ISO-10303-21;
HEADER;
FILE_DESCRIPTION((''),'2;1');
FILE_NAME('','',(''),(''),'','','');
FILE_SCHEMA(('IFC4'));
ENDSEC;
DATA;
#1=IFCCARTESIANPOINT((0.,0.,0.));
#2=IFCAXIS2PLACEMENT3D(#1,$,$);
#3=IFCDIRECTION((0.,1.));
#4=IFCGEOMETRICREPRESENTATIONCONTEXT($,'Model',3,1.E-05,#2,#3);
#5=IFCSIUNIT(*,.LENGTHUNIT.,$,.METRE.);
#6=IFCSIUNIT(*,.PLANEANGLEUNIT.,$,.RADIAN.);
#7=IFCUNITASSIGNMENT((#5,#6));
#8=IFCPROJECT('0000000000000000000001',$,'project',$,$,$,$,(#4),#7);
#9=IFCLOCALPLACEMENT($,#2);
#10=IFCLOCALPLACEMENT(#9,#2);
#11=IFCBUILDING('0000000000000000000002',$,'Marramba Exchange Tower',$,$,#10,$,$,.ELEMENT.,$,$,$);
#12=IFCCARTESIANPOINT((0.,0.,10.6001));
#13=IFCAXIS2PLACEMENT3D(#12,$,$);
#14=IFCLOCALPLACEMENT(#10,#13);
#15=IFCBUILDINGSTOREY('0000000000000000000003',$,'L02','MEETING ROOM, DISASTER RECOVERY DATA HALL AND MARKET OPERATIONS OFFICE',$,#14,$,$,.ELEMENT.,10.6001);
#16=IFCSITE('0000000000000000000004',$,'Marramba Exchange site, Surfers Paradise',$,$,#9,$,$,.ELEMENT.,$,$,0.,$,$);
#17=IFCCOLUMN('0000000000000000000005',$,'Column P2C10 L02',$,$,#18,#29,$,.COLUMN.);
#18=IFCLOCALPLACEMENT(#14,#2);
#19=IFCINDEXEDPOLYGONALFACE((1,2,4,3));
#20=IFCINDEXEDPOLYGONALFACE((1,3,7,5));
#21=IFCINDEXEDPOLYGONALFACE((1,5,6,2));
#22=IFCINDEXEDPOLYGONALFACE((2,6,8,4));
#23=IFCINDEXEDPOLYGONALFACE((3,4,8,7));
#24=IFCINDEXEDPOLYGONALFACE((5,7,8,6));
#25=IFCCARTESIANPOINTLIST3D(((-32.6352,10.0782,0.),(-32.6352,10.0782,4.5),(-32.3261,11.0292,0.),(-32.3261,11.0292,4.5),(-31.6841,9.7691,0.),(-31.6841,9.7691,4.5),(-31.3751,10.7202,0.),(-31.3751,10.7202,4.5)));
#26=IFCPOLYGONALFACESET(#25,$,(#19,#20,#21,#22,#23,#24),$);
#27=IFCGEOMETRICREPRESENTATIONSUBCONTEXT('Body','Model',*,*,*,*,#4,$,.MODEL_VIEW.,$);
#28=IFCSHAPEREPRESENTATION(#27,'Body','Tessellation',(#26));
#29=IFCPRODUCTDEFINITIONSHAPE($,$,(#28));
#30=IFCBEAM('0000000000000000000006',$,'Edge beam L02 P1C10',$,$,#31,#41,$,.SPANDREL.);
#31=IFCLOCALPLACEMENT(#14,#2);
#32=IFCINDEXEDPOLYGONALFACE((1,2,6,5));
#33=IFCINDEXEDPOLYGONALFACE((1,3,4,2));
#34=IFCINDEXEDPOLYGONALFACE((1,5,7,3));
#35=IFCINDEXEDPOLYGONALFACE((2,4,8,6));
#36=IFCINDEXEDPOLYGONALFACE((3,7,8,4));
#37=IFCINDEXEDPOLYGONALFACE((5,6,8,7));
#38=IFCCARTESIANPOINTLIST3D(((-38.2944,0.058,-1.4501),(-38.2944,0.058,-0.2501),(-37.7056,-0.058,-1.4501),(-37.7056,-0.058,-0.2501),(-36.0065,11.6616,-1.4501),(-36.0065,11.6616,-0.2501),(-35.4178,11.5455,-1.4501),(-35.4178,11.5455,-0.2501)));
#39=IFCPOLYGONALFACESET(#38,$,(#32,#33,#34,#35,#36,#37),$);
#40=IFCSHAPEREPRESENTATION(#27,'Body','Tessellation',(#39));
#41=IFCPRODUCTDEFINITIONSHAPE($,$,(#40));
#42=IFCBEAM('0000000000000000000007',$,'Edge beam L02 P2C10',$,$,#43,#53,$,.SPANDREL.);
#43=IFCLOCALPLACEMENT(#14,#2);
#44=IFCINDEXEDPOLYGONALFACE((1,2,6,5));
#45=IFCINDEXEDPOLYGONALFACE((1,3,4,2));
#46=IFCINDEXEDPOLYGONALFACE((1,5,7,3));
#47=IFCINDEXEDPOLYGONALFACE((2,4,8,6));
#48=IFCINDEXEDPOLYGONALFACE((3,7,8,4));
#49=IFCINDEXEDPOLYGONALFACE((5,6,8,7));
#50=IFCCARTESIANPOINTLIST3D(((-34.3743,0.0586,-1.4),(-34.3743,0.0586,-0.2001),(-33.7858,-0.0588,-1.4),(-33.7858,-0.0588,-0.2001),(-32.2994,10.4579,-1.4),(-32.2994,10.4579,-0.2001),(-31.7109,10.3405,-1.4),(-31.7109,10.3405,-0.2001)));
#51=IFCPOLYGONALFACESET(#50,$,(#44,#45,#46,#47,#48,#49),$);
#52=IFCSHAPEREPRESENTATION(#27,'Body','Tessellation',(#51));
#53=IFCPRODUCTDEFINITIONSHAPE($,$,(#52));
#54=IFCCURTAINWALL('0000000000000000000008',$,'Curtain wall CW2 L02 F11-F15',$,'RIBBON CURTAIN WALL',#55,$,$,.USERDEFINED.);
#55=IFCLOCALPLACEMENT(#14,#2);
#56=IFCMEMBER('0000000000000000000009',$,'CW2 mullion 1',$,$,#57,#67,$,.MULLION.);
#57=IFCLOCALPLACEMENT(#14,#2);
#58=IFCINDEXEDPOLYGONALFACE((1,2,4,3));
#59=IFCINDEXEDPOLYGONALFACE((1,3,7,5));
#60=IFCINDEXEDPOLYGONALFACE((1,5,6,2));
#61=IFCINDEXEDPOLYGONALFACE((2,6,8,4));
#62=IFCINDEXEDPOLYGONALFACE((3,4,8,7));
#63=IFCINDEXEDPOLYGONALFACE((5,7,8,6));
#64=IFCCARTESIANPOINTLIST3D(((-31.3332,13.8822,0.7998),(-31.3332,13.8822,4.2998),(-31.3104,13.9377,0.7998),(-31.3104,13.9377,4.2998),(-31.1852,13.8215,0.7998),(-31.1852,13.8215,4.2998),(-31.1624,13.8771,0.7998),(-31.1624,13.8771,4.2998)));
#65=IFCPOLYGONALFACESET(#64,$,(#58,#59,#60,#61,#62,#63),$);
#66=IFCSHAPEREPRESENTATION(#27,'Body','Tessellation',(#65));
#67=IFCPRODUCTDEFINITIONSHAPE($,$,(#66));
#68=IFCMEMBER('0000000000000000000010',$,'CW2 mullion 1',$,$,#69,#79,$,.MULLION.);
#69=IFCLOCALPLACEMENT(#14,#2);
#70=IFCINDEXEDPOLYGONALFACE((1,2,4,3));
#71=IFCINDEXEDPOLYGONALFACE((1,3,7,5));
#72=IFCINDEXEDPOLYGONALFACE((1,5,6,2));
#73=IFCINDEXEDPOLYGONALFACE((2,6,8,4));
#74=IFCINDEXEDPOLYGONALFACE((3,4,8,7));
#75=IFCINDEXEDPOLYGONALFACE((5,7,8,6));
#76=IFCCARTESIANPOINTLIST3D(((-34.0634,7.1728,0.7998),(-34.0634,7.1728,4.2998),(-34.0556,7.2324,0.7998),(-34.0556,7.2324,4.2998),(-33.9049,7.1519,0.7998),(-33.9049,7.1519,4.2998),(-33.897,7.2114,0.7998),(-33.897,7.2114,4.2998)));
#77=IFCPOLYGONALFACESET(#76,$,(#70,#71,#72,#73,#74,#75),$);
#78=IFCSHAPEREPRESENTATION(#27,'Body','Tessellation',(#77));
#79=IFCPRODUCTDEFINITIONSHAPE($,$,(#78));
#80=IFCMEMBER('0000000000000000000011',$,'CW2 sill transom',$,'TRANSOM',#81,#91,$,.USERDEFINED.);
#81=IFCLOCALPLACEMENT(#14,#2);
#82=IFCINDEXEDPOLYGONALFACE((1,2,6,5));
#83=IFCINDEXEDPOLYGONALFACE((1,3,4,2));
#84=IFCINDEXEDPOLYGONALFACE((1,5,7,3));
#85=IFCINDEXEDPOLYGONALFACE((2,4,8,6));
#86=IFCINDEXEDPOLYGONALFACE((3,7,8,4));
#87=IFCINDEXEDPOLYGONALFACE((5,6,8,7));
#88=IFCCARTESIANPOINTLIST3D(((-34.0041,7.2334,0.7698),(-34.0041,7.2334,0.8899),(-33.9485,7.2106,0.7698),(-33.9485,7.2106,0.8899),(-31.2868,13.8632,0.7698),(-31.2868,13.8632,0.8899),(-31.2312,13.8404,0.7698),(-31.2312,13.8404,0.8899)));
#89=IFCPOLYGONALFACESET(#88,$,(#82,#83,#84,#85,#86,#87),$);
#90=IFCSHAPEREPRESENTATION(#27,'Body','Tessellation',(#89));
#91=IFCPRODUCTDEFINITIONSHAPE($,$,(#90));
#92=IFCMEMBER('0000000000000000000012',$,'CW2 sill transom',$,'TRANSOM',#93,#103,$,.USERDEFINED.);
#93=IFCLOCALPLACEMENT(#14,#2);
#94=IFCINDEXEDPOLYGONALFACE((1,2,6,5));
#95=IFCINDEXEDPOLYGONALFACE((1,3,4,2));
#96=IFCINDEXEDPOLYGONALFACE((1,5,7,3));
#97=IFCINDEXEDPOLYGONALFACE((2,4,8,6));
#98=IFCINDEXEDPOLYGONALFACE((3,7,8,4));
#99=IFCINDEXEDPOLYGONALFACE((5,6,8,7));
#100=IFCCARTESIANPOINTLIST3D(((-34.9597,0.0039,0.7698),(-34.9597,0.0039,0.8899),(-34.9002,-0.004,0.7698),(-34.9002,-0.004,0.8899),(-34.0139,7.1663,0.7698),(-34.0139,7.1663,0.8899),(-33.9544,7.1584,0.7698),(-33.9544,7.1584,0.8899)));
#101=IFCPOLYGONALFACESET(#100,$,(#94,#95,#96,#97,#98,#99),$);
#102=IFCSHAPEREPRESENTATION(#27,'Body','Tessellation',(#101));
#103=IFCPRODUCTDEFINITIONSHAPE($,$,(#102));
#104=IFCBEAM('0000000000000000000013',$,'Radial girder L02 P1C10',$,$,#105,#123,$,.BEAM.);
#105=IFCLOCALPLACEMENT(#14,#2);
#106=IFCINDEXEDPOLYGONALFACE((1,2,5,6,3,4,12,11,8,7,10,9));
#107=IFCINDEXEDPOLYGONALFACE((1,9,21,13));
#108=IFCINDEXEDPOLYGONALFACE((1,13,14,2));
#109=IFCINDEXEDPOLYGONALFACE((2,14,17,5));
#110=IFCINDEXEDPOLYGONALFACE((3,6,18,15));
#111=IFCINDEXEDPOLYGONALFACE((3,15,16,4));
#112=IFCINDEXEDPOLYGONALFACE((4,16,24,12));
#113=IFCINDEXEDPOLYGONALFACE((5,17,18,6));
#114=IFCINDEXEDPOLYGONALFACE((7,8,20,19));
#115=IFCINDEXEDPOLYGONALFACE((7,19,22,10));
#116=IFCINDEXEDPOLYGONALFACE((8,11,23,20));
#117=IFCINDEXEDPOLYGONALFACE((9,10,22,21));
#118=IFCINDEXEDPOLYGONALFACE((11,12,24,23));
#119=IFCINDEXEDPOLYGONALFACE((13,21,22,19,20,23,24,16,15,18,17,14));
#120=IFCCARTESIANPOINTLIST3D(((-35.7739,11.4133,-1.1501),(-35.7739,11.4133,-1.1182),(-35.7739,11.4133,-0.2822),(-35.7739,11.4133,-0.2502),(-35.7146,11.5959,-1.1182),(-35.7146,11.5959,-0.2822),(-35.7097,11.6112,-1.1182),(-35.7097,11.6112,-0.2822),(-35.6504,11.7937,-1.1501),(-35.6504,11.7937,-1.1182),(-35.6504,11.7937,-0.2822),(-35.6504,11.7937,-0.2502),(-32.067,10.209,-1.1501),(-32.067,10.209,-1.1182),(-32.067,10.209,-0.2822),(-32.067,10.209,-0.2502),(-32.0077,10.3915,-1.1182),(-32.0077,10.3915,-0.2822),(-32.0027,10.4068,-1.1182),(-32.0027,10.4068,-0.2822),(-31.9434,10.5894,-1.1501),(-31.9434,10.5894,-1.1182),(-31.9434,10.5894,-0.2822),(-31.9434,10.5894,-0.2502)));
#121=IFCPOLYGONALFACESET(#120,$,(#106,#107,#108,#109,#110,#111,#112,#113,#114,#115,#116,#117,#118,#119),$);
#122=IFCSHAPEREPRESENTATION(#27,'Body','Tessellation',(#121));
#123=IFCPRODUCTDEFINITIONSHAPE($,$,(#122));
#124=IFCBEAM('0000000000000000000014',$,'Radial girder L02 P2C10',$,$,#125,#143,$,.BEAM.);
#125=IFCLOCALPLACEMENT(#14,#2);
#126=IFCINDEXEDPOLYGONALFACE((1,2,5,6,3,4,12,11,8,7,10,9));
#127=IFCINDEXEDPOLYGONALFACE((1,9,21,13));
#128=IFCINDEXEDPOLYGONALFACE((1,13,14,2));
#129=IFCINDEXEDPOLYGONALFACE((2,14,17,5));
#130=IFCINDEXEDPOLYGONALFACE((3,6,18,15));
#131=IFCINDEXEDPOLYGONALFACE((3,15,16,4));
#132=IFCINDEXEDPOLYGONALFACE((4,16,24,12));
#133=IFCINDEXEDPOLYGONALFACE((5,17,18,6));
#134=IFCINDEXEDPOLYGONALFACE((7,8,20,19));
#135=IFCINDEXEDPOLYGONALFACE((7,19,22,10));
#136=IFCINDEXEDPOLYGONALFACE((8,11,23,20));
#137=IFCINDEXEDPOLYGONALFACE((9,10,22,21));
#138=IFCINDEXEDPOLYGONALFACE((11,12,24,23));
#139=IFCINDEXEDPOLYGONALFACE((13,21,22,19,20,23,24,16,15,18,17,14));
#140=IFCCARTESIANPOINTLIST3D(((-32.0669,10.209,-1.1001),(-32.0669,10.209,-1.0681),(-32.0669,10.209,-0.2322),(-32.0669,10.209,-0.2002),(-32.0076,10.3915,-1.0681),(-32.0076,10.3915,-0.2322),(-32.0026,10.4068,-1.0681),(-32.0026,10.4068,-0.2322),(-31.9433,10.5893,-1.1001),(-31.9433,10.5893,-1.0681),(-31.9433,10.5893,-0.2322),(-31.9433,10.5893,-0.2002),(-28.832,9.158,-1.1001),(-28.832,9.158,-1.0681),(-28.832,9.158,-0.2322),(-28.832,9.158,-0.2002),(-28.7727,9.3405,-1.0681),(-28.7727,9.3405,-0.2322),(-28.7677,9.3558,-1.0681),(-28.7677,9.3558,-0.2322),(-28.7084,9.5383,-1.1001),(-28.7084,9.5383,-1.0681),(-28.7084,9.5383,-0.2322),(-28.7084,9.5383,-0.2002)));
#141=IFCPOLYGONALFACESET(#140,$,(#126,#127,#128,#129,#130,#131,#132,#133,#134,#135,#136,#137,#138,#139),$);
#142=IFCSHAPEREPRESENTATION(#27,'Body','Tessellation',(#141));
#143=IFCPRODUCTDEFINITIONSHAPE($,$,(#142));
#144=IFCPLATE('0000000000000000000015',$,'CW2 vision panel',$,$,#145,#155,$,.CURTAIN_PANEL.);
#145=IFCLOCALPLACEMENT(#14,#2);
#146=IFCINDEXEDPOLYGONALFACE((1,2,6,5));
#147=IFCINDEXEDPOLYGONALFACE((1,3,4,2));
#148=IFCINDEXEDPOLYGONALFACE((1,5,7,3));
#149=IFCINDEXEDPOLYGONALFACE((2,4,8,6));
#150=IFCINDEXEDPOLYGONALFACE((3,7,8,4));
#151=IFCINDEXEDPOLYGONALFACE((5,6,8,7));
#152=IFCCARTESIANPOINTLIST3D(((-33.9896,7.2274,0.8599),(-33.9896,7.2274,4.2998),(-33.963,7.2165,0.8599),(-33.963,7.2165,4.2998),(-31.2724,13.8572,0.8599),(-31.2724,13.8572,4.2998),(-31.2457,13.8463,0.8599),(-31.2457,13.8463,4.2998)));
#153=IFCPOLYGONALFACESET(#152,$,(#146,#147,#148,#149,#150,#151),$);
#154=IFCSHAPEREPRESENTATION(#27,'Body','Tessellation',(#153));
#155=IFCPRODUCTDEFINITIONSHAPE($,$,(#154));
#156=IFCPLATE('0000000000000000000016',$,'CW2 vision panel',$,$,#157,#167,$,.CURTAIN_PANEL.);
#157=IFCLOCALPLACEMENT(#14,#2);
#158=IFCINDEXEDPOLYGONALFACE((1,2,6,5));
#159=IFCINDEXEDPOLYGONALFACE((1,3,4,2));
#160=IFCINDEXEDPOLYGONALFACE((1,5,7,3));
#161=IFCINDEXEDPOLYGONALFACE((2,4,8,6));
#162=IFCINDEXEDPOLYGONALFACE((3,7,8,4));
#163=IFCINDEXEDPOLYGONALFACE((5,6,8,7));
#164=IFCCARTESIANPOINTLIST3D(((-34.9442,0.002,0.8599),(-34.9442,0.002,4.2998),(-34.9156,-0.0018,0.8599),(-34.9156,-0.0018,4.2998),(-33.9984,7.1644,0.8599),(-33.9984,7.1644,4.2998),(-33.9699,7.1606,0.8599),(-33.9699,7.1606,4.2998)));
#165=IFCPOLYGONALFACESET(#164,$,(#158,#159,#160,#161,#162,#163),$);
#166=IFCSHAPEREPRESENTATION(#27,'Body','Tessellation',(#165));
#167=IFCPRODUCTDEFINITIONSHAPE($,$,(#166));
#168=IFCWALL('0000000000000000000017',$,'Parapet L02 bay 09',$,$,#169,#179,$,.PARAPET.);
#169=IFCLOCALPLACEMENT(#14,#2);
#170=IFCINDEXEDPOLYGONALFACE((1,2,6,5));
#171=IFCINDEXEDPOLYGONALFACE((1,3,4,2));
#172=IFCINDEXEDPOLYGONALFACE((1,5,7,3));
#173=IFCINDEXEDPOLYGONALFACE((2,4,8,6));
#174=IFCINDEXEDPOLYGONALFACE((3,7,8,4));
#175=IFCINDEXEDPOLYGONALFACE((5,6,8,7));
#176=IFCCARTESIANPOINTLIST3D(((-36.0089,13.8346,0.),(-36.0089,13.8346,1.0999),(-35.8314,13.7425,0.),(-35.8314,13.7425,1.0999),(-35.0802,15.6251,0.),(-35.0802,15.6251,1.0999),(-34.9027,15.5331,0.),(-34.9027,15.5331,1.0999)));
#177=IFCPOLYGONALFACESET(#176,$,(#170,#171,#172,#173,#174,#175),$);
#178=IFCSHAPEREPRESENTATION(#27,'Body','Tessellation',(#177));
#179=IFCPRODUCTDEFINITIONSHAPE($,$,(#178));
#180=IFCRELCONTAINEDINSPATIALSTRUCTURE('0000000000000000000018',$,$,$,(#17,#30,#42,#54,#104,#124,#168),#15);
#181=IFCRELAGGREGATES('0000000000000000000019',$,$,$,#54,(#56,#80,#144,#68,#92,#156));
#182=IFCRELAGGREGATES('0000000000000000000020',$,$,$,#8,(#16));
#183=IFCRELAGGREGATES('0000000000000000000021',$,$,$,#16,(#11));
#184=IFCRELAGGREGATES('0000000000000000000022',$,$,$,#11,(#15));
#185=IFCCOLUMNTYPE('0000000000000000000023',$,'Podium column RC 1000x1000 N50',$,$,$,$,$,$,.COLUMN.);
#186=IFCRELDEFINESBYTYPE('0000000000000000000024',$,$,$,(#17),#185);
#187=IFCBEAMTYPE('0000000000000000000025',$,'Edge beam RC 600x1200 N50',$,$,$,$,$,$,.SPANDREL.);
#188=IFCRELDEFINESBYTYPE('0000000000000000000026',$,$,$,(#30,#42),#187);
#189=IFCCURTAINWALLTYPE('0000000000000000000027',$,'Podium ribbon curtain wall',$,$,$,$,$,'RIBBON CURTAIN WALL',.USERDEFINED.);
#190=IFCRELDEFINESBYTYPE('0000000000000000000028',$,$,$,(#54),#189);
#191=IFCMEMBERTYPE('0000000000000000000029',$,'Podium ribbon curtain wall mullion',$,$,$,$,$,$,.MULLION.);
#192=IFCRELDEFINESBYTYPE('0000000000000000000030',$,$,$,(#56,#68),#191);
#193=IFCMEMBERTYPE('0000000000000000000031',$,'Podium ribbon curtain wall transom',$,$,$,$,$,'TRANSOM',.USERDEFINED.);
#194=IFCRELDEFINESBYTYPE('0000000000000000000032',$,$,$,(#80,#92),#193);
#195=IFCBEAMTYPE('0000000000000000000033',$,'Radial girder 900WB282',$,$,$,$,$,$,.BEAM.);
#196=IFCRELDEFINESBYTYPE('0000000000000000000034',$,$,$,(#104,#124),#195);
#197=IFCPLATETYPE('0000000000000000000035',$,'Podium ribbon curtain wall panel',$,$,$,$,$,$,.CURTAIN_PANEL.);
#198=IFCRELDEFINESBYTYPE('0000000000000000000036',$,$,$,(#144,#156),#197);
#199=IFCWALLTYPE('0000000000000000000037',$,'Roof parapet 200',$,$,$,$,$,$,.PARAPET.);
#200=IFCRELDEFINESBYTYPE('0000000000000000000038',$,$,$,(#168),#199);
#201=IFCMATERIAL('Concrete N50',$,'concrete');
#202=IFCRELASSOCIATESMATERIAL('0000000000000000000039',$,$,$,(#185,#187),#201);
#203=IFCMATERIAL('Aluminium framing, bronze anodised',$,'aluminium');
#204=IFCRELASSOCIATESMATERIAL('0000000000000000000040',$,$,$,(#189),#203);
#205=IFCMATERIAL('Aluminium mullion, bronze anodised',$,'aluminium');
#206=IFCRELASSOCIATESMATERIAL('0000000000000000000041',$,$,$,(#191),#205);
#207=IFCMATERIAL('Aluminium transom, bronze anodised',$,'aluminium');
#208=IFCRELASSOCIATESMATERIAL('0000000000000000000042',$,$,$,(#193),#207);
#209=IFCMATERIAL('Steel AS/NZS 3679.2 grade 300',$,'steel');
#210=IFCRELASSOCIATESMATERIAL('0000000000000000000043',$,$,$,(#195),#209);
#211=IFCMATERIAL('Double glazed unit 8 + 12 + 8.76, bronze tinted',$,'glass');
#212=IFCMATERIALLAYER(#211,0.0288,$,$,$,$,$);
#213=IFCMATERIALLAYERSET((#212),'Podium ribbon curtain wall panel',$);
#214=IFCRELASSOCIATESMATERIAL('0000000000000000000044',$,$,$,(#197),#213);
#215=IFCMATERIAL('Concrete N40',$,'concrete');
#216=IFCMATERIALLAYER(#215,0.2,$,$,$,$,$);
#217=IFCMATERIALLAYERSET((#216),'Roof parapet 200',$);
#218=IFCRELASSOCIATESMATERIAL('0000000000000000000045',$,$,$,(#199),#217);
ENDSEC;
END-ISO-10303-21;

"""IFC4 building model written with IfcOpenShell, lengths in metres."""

from ifc_helpers import new_model, si_unit, direction, frame, frame_2d, origin, origin_2d, place, context, subcontext, project, spatial, rectangle, i_section, extrude, material, layer, layer_set, material_profile, profile_set, type_object, element, aggregate, save


model = new_model("IFC4")

# Units and contexts
model_context = context("Model", 3, precision=1e-05, world=origin(), true_north=direction((0.0, 1.0)))
body_context = subcontext(model_context, "Body", "Model", "MODEL_VIEW")
ifc_project = project(units=[si_unit("LENGTHUNIT", "METRE"), si_unit("PLANEANGLEUNIT", "RADIAN")], contexts=[model_context])

# Site, building, storey
site_placement = place(None, origin())
site = spatial("IfcSite", under=ifc_project, at=site_placement, Name="Marramba Exchange site, Surfers Paradise", CompositionType="ELEMENT", RefElevation=0.0)
building_placement = place(site_placement, origin())
building = spatial("IfcBuilding", under=site, at=building_placement, Name="Marramba Exchange Tower", CompositionType="ELEMENT")
storey_placement = place(building_placement, frame((0.0, 0.0, 10.6001)))
storey = spatial("IfcBuildingStorey", under=building, at=storey_placement, Name="L02", Description="MEETING ROOM, DISASTER RECOVERY DATA HALL AND MARKET OPERATIONS OFFICE", CompositionType="ELEMENT", Elevation=10.6001)

# Column
ifc_material_1 = material(Name="Concrete N50", Category="concrete")
ifc_material_profile_1 = material_profile(ifc_material_1, rectangle(XDim=1.0, YDim=1.0, at=origin_2d()), Name="RC 1000x1000")
ifc_profile_set_1 = profile_set([ifc_material_profile_1], Name="Concrete N50")
column_type = type_object("IfcColumnType", Name="Podium column RC 1000x1000 N50", PredefinedType="COLUMN", material=ifc_profile_set_1)
column_placement = place(storey_placement, frame((-32.0051, 10.3992, 0.0), z_axis=(0.0, 0.0, 1.0), x_axis=(-0.951057, 0.309017, 0.0)))
element("IfcColumn", 1, at=column_placement, inside=storey, type_object=column_type, Name="Column P2C10 L02", PredefinedType="COLUMN", context=body_context, shape_type="SweptSolid", body=[
    extrude(rectangle(XDim=1.0, YDim=1.0, at=origin_2d()), origin(), (0.0, 0.0, 1.0), 4.5),
])

# Beams
ifc_material_profile_2 = material_profile(ifc_material_1, rectangle(XDim=0.6001, YDim=1.2, at=origin_2d()), Name="RC 600x1200")
ifc_profile_set_2 = profile_set([ifc_material_profile_2], Name="Concrete N50")
beam_type_1 = type_object("IfcBeamType", Name="Edge beam RC 600x1200 N50", PredefinedType="SPANDREL", material=ifc_profile_set_2)
beam_1_placement = place(storey_placement, frame((-35.7122, 11.6035, -0.8501), z_axis=(-0.193444, -0.981111, 0.0), x_axis=(0.981111, -0.193444, 0.0)))
element("IfcBeam", 2, at=beam_1_placement, inside=storey, type_object=beam_type_1, Name="Edge beam L02 P1C10", PredefinedType="SPANDREL", context=body_context, shape_type="SweptSolid", body=[
    extrude(rectangle(XDim=0.6001, YDim=1.2, at=origin_2d()), origin(), (0.0, 0.0, 1.0), 11.8269),
])
beam_2_placement = place(storey_placement, frame((-32.0051, 10.3992, -0.8), z_axis=(-0.195673, -0.980669, 0.0), x_axis=(0.980669, -0.195673, 0.0)))
element("IfcBeam", 3, at=beam_2_placement, inside=storey, type_object=beam_type_1, Name="Edge beam L02 P2C10", PredefinedType="SPANDREL", context=body_context, shape_type="SweptSolid", body=[
    extrude(rectangle(XDim=0.6001, YDim=1.2, at=origin_2d()), origin(), (0.0, 0.0, 1.0), 10.6042),
])

# Curtain wall, members
ifc_material_2 = material(Name="Aluminium framing, bronze anodised", Category="aluminium")
curtain_wall_type = type_object("IfcCurtainWallType", Name="Podium ribbon curtain wall", ElementType="RIBBON CURTAIN WALL", PredefinedType="USERDEFINED", material=ifc_material_2)
curtain_wall_placement = place(storey_placement, origin())
curtain_wall = element("IfcCurtainWall", 4, at=curtain_wall_placement, inside=storey, type_object=curtain_wall_type, Name="Curtain wall CW2 L02 F11-F15", ObjectType="RIBBON CURTAIN WALL", PredefinedType="USERDEFINED")
ifc_material_3 = material(Name="Aluminium mullion, bronze anodised", Category="aluminium")
ifc_material_profile_3 = material_profile(ifc_material_3, rectangle(XDim=0.1599, YDim=0.0601, at=origin_2d()), Name="CW2 mullion 60x160")
ifc_profile_set_3 = profile_set([ifc_material_profile_3], Name="Aluminium mullion, bronze anodised")
member_type_1 = type_object("IfcMemberType", Name="Podium ribbon curtain wall mullion", PredefinedType="MULLION", material=ifc_profile_set_3)
member_1_placement = place(storey_placement, frame((-31.2478, 13.8796, 0.7998), z_axis=(0.0, 0.0, 1.0), x_axis=(0.925298, -0.37924, 0.0)))
member_1 = element("IfcMember", 5, at=member_1_placement, type_object=member_type_1, Name="CW2 mullion 1", PredefinedType="MULLION", context=body_context, shape_type="SweptSolid", body=[
    extrude(rectangle(XDim=0.1599, YDim=0.0601, at=origin_2d()), origin(), (0.0, 0.0, 1.0), 3.5),
])
member_2_placement = place(storey_placement, frame((-33.9802, 7.1921, 0.7998), z_axis=(0.0, 0.0, 1.0), x_axis=(0.991394, -0.130911, 0.0)))
member_2 = element("IfcMember", 6, at=member_2_placement, type_object=member_type_1, Name="CW2 mullion 1", PredefinedType="MULLION", context=body_context, shape_type="SweptSolid", body=[
    extrude(rectangle(XDim=0.1599, YDim=0.0601, at=origin_2d()), origin(), (0.0, 0.0, 1.0), 3.5),
])
ifc_material_4 = material(Name="Aluminium transom, bronze anodised", Category="aluminium")
ifc_material_profile_4 = material_profile(ifc_material_4, rectangle(XDim=0.0601, YDim=0.1201, at=origin_2d()), Name="CW2 transom 60x120")
ifc_profile_set_4 = profile_set([ifc_material_profile_4], Name="Aluminium transom, bronze anodised")
member_type_2 = type_object("IfcMemberType", Name="Podium ribbon curtain wall transom", ElementType="TRANSOM", PredefinedType="USERDEFINED", material=ifc_profile_set_4)
member_3_placement = place(storey_placement, frame((-31.259, 13.8518, 0.8298), z_axis=(-0.379238, -0.925299, 0.0), x_axis=(0.925299, -0.379238, 0.0)))
member_3 = element("IfcMember", 7, at=member_3_placement, type_object=member_type_2, Name="CW2 sill transom", ObjectType="TRANSOM", PredefinedType="USERDEFINED", context=body_context, shape_type="SweptSolid", body=[
    extrude(rectangle(XDim=0.0601, YDim=0.1201, at=origin_2d()), origin(), (0.0, 0.0, 1.0), 7.165),
])
member_4_placement = place(storey_placement, frame((-33.9841, 7.1624, 0.8298), z_axis=(-0.130915, -0.991394, 0.0), x_axis=(0.991394, -0.130915, 0.0)))
member_4 = element("IfcMember", 8, at=member_4_placement, type_object=member_type_2, Name="CW2 sill transom", ObjectType="TRANSOM", PredefinedType="USERDEFINED", context=body_context, shape_type="SweptSolid", body=[
    extrude(rectangle(XDim=0.0601, YDim=0.1201, at=origin_2d()), origin(), (0.0, 0.0, 1.0), 7.2246),
])

# Beams
ifc_material_5 = material(Name="Steel AS/NZS 3679.2 grade 300", Category="steel")
ifc_material_profile_5 = material_profile(ifc_material_5, i_section(OverallWidth=0.3999, OverallDepth=0.8999, WebThickness=0.0161, FlangeThickness=0.032, at=origin_2d()), Name="900WB282")
ifc_profile_set_5 = profile_set([ifc_material_profile_5], Name="Steel AS/NZS 3679.2 grade 300")
beam_type_2 = type_object("IfcBeamType", Name="Radial girder 900WB282", PredefinedType="BEAM", material=ifc_profile_set_5)
beam_3_placement = place(storey_placement, frame((-35.7122, 11.6035, -0.7002), z_axis=(0.951067, -0.308984, 0.0), x_axis=(0.308984, 0.951067, 0.0)))
element("IfcBeam", 9, at=beam_3_placement, inside=storey, type_object=beam_type_2, Name="Radial girder L02 P1C10", PredefinedType="BEAM", context=body_context, shape_type="SweptSolid", body=[
    extrude(i_section(OverallWidth=0.3999, OverallDepth=0.8999, WebThickness=0.0161, FlangeThickness=0.032, at=origin_2d()), origin(), (0.0, 0.0, 1.0), 3.8977),
])
beam_4_placement = place(storey_placement, frame((-32.0051, 10.3992, -0.6501), z_axis=(0.95106, -0.309005, 0.0), x_axis=(0.309005, 0.95106, 0.0)))
element("IfcBeam", 10, at=beam_4_placement, inside=storey, type_object=beam_type_2, Name="Radial girder L02 P2C10", PredefinedType="BEAM", context=body_context, shape_type="SweptSolid", body=[
    extrude(i_section(OverallWidth=0.3999, OverallDepth=0.8999, WebThickness=0.0161, FlangeThickness=0.032, at=origin_2d()), origin(), (0.0, 0.0, 1.0), 3.4014),
])

# Plates
ifc_material_6 = material(Name="Double glazed unit 8 + 12 + 8.76, bronze tinted", Category="glass")
ifc_layer_1 = layer(ifc_material_6, 0.0288)
ifc_layer_set_1 = layer_set([ifc_layer_1], Name="Podium ribbon curtain wall panel")
plate_type = type_object("IfcPlateType", Name="Podium ribbon curtain wall panel", PredefinedType="CURTAIN_PANEL", material=ifc_layer_set_1)
plate_1_placement = place(storey_placement, frame((-32.6177, 10.5369, 0.8599), z_axis=(0.0, 0.0, 1.0), x_axis=(-0.37924, -0.925298, 0.0)))
plate_1 = element("IfcPlate", 11, at=plate_1_placement, type_object=plate_type, Name="CW2 vision panel", PredefinedType="CURTAIN_PANEL", context=body_context, shape_type="SweptSolid", body=[
    extrude(rectangle(XDim=7.165, YDim=0.0288, at=origin_2d()), origin(), (0.0, 0.0, 1.0), 3.4399),
])
plate_2_placement = place(storey_placement, frame((-34.457, 3.5813, 0.8599), z_axis=(0.0, 0.0, 1.0), x_axis=(-0.130911, -0.991394, 0.0)))
plate_2 = element("IfcPlate", 12, at=plate_2_placement, type_object=plate_type, Name="CW2 vision panel", PredefinedType="CURTAIN_PANEL", context=body_context, shape_type="SweptSolid", body=[
    extrude(rectangle(XDim=7.2246, YDim=0.0288, at=origin_2d()), origin(), (0.0, 0.0, 1.0), 3.4399),
])
aggregate(curtain_wall, [member_1, member_3, plate_1, member_2, member_4, plate_2])

# Wall
ifc_material_7 = material(Name="Concrete N40", Category="concrete")
ifc_layer_2 = layer(ifc_material_7, 0.2)
ifc_layer_set_2 = layer_set([ifc_layer_2], Name="Roof parapet 200")
wall_type = type_object("IfcWallType", Name="Roof parapet 200", PredefinedType="PARAPET", material=ifc_layer_set_2)
wall_1_placement = place(storey_placement, frame((-34.9915, 15.5791, 0.0), z_axis=(0.0, 0.0, 1.0), x_axis=(-0.46043, -0.887696, 0.0)))
element("IfcWall", 13, at=wall_1_placement, inside=storey, type_object=wall_type, Name="Parapet L02 bay 09", PredefinedType="PARAPET", context=body_context, shape_type="SweptSolid", body=[
    extrude(rectangle(XDim=2.0171, YDim=0.2, at=frame_2d((1.0085, 0.0))), origin(), (0.0, 0.0, 1.0), 1.0999),
])

save(model, "model.ifc")
